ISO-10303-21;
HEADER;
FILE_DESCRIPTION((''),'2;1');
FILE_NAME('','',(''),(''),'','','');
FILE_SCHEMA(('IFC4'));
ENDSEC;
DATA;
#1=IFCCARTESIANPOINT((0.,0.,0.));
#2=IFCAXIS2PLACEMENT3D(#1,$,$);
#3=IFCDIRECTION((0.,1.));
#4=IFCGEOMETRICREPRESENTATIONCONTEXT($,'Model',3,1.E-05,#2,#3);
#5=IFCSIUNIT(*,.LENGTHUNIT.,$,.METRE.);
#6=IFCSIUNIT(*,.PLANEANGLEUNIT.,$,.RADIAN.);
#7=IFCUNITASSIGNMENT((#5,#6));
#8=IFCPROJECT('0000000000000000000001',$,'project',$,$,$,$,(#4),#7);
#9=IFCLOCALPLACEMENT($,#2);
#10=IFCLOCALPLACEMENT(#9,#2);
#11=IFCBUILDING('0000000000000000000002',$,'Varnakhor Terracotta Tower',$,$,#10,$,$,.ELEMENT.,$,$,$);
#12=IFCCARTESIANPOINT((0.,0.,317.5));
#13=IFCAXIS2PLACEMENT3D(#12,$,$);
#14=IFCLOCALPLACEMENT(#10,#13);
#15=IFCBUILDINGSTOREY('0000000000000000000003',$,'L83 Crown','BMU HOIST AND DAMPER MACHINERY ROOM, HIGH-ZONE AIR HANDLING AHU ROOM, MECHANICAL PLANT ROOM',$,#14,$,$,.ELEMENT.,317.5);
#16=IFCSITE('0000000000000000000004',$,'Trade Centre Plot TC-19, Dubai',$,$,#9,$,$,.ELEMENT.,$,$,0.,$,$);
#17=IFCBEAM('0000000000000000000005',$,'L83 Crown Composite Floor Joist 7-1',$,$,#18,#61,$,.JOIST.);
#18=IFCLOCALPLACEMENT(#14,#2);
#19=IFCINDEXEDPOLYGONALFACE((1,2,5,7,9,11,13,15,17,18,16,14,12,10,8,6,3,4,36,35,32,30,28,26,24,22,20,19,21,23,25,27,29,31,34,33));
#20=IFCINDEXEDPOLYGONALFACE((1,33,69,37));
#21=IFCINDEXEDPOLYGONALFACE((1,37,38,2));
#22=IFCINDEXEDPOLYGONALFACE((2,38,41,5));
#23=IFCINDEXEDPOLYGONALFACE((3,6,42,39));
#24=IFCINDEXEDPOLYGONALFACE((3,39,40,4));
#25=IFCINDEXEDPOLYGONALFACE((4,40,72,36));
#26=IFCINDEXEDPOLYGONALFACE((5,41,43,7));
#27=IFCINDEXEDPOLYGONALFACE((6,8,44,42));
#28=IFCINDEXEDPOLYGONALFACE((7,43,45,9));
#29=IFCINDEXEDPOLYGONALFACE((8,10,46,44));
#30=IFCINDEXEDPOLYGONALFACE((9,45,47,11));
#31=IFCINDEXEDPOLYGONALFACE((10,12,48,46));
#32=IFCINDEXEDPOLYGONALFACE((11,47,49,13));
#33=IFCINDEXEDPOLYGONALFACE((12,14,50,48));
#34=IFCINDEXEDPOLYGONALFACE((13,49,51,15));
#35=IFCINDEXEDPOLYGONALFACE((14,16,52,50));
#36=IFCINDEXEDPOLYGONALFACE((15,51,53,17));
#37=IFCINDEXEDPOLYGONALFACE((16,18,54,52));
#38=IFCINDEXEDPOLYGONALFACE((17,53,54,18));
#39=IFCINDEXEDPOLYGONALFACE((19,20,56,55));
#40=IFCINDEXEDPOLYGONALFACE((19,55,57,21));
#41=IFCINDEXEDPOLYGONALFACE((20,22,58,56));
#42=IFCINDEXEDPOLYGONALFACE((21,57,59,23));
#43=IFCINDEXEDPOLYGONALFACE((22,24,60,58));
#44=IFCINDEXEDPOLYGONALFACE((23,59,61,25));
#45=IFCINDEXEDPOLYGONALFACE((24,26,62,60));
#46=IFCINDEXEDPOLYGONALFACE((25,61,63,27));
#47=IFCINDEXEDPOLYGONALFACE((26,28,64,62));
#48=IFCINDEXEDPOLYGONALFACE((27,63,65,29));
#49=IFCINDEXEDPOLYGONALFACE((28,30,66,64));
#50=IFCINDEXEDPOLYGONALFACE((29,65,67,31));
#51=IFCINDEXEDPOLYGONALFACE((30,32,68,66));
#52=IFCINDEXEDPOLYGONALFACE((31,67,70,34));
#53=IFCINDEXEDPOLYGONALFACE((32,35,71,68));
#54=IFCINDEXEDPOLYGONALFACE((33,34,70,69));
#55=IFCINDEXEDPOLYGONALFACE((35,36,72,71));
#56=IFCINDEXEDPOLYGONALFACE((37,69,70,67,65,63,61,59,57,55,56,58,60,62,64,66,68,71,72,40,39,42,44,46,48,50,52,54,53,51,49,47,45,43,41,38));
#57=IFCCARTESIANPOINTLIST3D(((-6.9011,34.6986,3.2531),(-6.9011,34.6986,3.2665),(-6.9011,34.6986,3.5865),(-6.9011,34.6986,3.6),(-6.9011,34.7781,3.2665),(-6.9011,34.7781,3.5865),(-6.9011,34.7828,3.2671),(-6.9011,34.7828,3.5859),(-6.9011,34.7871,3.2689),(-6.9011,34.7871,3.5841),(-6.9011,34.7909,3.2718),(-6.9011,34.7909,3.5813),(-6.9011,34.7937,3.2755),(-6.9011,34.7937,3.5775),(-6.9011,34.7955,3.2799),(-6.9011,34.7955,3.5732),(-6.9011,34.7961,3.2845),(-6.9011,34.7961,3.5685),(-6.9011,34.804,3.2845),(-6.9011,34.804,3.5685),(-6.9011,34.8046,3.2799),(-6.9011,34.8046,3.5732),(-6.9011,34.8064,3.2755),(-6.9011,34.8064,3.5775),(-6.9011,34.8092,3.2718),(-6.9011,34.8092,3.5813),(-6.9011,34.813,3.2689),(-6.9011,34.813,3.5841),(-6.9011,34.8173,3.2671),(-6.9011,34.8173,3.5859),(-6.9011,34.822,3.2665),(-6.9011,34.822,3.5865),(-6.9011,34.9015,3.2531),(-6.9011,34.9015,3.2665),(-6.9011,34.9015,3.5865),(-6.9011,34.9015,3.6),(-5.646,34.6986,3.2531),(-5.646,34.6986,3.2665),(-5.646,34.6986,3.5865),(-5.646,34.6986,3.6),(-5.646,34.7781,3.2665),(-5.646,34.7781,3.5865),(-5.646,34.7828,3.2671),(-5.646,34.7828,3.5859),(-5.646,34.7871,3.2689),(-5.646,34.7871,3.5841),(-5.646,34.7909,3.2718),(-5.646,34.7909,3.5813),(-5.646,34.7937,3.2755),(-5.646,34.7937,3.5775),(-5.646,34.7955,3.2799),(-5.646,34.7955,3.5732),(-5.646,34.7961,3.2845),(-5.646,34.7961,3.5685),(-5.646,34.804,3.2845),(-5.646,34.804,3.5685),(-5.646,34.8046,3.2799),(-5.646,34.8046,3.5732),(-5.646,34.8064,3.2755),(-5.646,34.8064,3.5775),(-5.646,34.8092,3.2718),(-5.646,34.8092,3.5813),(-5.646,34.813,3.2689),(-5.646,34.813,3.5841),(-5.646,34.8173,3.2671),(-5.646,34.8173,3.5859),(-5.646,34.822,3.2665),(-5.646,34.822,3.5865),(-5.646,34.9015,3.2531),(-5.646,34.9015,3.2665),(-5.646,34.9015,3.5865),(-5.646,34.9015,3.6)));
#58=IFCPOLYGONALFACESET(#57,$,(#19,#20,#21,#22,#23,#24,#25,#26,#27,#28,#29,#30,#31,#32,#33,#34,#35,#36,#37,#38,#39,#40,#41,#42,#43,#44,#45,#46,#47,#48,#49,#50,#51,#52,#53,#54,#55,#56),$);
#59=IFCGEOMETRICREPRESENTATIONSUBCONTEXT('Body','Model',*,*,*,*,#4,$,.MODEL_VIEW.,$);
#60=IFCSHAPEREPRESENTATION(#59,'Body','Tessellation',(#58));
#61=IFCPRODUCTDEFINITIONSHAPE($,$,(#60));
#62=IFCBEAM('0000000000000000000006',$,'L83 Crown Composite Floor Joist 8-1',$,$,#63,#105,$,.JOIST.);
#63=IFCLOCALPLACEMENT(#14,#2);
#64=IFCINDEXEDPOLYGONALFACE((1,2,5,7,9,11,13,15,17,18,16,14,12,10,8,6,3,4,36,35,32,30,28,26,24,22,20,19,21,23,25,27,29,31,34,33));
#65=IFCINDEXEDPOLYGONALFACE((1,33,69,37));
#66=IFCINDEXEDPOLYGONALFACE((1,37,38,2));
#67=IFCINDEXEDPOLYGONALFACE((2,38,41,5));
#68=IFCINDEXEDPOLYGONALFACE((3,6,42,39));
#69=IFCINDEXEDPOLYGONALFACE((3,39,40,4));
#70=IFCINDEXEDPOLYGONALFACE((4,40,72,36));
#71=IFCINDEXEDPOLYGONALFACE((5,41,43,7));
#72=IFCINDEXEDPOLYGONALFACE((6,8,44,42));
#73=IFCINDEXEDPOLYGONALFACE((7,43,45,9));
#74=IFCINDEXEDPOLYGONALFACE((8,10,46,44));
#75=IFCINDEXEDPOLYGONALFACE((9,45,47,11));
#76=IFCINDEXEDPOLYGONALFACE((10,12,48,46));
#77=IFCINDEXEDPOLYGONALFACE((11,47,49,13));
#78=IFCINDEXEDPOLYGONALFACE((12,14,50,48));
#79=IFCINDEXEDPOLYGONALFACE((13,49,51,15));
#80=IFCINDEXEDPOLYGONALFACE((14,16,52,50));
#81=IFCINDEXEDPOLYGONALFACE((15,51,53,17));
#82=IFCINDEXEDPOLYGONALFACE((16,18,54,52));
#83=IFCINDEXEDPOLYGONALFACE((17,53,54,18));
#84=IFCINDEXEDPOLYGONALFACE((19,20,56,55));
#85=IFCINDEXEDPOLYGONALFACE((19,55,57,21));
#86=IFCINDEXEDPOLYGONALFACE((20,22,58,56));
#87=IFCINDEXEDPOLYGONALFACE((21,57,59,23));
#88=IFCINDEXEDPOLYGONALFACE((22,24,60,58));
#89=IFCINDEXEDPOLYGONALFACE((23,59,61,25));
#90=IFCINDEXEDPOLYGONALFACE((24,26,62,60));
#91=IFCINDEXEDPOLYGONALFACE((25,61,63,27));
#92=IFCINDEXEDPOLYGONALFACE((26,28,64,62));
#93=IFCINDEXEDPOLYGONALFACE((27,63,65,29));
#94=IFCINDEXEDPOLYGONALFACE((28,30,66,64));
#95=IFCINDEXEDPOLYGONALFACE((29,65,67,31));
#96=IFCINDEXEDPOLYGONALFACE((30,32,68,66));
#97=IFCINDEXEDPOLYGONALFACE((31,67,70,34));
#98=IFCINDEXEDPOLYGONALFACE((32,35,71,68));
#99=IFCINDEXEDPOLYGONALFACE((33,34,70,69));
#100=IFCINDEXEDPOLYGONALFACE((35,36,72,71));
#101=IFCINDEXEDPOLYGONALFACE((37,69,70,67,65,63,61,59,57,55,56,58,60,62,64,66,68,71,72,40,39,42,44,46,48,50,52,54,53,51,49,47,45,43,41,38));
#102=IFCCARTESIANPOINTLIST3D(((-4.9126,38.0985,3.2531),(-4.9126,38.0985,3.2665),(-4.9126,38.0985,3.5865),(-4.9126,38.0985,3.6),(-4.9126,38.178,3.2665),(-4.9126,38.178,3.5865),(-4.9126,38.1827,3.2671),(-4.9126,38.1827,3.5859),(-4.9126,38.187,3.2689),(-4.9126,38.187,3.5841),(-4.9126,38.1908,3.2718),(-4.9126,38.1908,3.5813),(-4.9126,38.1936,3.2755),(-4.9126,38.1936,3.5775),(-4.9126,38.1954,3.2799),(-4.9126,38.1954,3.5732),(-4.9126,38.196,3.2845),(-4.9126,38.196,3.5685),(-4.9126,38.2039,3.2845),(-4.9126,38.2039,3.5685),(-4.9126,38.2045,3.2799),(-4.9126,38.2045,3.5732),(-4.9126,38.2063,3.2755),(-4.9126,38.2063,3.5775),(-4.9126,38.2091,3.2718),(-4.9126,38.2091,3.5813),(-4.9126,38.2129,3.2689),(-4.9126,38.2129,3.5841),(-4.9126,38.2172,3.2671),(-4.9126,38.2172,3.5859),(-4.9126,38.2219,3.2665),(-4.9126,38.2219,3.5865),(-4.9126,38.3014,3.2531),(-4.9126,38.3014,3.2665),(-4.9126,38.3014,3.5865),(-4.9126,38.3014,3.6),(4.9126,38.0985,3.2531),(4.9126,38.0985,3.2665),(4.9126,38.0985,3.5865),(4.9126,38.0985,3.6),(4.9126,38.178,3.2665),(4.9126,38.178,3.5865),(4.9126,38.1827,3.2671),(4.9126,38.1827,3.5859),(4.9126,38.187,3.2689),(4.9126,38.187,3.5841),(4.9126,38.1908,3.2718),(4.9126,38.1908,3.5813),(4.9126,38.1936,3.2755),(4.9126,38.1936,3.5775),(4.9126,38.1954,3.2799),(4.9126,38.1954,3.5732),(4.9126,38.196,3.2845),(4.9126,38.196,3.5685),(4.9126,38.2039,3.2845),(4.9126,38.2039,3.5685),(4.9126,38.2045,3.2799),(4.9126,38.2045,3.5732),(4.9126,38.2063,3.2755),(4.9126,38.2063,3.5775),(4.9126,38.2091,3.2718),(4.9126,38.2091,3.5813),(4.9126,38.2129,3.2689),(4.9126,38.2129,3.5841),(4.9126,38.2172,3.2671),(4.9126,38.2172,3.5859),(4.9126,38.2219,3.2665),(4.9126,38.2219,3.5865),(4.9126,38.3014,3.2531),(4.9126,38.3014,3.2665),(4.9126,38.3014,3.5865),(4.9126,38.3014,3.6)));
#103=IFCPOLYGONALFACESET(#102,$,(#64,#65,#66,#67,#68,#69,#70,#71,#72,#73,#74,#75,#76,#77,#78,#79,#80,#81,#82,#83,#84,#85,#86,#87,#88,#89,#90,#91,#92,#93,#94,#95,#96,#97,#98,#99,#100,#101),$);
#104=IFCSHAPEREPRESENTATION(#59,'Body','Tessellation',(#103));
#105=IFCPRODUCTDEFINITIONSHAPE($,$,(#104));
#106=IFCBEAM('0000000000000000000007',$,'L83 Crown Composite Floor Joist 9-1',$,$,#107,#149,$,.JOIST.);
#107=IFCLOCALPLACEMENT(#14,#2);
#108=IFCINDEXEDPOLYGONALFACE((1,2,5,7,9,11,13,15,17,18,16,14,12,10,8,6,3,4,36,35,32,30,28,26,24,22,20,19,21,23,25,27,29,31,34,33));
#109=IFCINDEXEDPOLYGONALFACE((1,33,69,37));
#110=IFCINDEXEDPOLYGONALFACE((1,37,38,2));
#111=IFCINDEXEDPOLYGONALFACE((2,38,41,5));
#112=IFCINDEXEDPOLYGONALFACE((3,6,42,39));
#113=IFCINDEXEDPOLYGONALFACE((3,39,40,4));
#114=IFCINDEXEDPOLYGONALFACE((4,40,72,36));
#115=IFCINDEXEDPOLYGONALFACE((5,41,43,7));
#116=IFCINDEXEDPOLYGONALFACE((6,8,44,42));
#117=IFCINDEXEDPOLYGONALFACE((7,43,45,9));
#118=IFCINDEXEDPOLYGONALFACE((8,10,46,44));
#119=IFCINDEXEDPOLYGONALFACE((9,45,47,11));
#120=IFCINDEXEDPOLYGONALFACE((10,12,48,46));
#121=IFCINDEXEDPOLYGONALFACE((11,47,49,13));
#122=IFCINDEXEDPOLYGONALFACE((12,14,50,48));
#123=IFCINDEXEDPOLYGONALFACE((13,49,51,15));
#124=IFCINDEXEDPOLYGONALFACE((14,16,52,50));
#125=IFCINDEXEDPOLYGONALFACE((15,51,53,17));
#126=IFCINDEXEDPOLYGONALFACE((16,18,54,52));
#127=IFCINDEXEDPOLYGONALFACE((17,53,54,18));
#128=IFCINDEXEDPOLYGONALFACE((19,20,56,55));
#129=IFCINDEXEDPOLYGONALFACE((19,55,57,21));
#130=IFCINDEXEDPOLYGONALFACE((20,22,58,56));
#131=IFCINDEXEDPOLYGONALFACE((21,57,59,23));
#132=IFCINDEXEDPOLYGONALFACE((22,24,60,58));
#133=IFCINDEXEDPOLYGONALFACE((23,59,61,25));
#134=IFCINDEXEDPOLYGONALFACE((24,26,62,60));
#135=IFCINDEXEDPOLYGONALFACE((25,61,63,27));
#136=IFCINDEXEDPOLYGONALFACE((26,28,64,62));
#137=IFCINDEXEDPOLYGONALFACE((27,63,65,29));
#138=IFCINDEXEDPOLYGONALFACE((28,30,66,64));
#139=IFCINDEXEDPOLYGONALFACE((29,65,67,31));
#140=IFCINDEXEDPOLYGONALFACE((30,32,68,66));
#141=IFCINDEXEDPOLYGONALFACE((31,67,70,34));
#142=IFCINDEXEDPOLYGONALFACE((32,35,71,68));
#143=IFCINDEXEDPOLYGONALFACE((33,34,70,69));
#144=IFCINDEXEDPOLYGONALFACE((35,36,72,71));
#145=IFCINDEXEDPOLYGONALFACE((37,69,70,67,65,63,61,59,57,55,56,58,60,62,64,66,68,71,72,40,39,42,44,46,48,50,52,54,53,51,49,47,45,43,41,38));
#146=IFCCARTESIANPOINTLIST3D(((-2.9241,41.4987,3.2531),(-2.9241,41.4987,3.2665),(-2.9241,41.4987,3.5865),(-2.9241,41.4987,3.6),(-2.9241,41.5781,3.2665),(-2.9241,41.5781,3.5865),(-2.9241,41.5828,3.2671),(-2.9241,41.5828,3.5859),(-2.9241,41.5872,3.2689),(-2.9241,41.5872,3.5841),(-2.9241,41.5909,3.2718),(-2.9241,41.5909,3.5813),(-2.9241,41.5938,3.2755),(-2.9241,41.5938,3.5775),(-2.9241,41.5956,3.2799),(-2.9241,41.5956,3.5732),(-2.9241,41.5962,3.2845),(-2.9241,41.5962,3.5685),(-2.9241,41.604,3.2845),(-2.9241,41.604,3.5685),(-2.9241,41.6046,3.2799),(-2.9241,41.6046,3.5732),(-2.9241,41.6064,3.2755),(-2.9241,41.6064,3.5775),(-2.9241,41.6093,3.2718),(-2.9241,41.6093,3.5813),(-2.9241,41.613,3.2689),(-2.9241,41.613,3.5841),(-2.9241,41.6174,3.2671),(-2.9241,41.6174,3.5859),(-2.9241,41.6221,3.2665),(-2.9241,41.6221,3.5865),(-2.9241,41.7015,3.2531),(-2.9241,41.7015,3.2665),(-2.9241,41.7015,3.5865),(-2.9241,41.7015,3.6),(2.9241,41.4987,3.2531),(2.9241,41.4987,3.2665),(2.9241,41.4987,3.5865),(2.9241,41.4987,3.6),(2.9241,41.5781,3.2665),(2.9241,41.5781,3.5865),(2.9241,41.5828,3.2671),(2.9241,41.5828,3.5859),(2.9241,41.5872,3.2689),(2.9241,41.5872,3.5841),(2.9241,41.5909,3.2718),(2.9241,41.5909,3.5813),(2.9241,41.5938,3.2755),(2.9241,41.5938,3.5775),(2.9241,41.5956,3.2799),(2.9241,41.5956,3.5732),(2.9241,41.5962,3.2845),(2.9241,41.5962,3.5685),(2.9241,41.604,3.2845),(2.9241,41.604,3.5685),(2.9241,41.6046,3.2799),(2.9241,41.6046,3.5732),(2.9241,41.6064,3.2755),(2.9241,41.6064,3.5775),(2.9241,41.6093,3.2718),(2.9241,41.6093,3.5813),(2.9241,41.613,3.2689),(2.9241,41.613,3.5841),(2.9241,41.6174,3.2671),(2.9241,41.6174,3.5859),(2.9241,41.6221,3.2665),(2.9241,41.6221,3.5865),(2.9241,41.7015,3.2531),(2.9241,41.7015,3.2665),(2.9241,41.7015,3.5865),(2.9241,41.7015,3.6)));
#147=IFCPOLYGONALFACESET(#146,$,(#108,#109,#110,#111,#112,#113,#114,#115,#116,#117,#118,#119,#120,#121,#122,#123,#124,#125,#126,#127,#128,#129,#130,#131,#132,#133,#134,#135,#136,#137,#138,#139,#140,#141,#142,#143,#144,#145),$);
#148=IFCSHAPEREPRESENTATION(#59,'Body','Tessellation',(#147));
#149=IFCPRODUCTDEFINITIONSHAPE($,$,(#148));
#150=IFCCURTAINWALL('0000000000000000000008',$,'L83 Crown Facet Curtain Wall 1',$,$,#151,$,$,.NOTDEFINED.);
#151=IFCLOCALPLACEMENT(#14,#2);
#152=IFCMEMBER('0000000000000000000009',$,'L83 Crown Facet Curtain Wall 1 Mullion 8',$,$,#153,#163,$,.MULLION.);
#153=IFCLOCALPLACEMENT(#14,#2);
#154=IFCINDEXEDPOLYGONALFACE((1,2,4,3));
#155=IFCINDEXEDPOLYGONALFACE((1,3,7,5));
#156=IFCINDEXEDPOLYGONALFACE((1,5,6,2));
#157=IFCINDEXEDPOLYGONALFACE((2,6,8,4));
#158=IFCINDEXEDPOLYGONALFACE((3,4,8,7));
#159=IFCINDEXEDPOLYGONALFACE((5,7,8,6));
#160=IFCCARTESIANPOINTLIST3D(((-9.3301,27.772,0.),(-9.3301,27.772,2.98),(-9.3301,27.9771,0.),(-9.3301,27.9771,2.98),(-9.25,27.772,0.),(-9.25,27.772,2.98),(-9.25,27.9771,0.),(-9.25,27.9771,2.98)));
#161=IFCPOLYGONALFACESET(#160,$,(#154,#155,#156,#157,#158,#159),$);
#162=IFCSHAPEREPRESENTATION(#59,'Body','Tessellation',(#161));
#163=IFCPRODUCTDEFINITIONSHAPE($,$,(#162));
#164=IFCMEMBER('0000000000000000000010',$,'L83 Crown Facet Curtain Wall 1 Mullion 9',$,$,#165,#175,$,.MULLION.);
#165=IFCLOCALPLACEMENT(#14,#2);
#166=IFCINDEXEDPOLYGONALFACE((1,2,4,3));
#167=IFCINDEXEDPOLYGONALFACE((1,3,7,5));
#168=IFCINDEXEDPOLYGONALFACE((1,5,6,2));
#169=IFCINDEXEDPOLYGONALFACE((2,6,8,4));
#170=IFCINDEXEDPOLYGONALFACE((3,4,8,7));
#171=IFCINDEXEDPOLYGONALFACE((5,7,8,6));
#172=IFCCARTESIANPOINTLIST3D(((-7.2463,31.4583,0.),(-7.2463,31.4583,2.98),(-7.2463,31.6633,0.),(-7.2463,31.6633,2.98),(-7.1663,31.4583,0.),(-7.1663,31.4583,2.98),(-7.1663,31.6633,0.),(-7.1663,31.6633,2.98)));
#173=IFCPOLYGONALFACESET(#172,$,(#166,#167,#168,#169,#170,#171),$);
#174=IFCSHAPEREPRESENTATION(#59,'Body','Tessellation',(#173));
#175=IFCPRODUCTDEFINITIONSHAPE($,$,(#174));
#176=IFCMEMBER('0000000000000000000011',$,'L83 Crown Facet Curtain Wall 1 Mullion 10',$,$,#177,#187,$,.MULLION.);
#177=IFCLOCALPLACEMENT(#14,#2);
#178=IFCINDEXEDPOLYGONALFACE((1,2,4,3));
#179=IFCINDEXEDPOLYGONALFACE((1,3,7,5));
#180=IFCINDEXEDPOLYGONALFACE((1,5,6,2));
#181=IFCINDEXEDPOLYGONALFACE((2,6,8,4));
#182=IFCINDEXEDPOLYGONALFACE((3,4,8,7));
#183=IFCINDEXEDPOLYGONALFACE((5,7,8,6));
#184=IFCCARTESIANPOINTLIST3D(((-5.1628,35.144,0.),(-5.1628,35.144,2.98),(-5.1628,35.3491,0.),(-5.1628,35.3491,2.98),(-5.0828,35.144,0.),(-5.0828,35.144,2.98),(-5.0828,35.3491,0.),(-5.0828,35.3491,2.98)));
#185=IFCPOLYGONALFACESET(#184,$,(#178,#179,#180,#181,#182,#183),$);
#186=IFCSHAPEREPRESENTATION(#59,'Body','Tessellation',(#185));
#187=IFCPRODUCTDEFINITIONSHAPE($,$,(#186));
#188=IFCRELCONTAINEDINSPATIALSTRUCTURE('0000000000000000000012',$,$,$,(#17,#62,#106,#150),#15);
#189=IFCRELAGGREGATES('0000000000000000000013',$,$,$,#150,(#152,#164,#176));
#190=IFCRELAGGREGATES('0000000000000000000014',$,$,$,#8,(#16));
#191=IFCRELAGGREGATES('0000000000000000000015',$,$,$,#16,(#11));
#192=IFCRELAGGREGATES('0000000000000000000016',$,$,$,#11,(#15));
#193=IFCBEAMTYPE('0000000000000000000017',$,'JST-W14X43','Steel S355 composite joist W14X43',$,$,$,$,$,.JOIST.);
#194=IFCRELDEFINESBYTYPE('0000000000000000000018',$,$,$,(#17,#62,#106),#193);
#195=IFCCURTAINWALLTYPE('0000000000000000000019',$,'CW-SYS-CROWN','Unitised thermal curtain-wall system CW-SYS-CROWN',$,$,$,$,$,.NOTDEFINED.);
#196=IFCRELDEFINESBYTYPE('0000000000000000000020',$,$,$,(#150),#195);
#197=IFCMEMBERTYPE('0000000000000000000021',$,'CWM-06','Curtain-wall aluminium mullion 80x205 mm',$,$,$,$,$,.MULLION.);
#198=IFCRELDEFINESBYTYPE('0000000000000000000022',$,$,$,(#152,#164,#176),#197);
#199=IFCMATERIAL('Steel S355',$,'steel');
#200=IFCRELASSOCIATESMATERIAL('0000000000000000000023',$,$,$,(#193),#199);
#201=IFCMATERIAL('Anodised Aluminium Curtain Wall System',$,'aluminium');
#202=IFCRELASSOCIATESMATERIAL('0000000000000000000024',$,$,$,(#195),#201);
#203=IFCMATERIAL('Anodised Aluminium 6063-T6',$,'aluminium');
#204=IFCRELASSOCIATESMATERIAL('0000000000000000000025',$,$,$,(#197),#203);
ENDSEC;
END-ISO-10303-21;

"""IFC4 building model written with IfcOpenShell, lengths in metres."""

from ifc_helpers import new_model, si_unit, direction, frame, origin, origin_2d, place, context, subcontext, project, spatial, rectangle, i_section, extrude, source, transform, mapped, material, material_profile, profile_set, type_object, type_shapes, element, aggregate, save


model = new_model("IFC4")

# Units and contexts
model_context = context("Model", 3, precision=1e-05, world=origin(), true_north=direction((0.0, 1.0)))
body_context = subcontext(model_context, "Body", "Model", "MODEL_VIEW")
ifc_project = project(units=[si_unit("LENGTHUNIT", "METRE"), si_unit("PLANEANGLEUNIT", "RADIAN")], contexts=[model_context])

# Site, building, storey
site_placement = place(None, origin())
site = spatial("IfcSite", under=ifc_project, at=site_placement, Name="Trade Centre Plot TC-19, Dubai", CompositionType="ELEMENT", RefElevation=0.0)
building_placement = place(site_placement, origin())
building = spatial("IfcBuilding", under=site, at=building_placement, Name="Varnakhor Terracotta Tower", CompositionType="ELEMENT")
storey_placement = place(building_placement, frame((0.0, 0.0, 317.5)))
storey = spatial("IfcBuildingStorey", under=building, at=storey_placement, Name="L83 Crown", Description="BMU HOIST AND DAMPER MACHINERY ROOM, HIGH-ZONE AIR HANDLING AHU ROOM, MECHANICAL PLANT ROOM", CompositionType="ELEMENT", Elevation=317.5)

# Shared definitions
ifc_material_1 = material(Name="Steel S355", Category="steel")

# Beams
ifc_material_profile_1 = material_profile(ifc_material_1, i_section(OverallWidth=0.2029, OverallDepth=0.3469, WebThickness=0.0078, FlangeThickness=0.0134, FilletRadius=0.0181, at=origin_2d()), Name="W14X43")
ifc_profile_set_1 = profile_set([ifc_material_profile_1], Name="Steel S355")
beam_type_1 = type_object("IfcBeamType", Name="JST-W14X43", Description="Steel S355 composite joist W14X43", PredefinedType="JOIST", material=ifc_profile_set_1)
shared_shape_1 = source(origin(), body_context, "Body", "SweptSolid", [
    extrude(i_section(OverallWidth=0.2029, OverallDepth=0.3469, WebThickness=0.0078, FlangeThickness=0.0134, FilletRadius=0.0181, at=origin_2d()), origin(), (0.0, 0.0, 1.0), 1.2551),
])
beam_1_placement = place(storey_placement, frame((-6.9011, 34.8, 3.4265), z_axis=(1.0, 0.0, 0.0), x_axis=(0.0, 1.0, 0.0)))
element("IfcBeam", 1, at=beam_1_placement, inside=storey, type_object=beam_type_1, Name="L83 Crown Composite Floor Joist 7-1", PredefinedType="JOIST", context=body_context, shape_type="MappedRepresentation", body=[
    mapped(shared_shape_1, transform((0.0, 0.0, 0.0), scale=1.0)),
])
shared_shape_2 = source(origin(), body_context, "Body", "SweptSolid", [
    extrude(i_section(OverallWidth=0.2029, OverallDepth=0.3469, WebThickness=0.0078, FlangeThickness=0.0134, FilletRadius=0.0181, at=origin_2d()), origin(), (0.0, 0.0, 1.0), 9.8252),
])
beam_2_placement = place(storey_placement, frame((-4.9126, 38.2, 3.4265), z_axis=(1.0, 0.0, 0.0), x_axis=(0.0, 1.0, 0.0)))
element("IfcBeam", 2, at=beam_2_placement, inside=storey, type_object=beam_type_1, Name="L83 Crown Composite Floor Joist 8-1", PredefinedType="JOIST", context=body_context, shape_type="MappedRepresentation", body=[
    mapped(shared_shape_2, transform((0.0, 0.0, 0.0), scale=1.0)),
])
shared_shape_3 = source(origin(), body_context, "Body", "SweptSolid", [
    extrude(i_section(OverallWidth=0.2029, OverallDepth=0.3469, WebThickness=0.0078, FlangeThickness=0.0134, FilletRadius=0.0181, at=origin_2d()), origin(), (0.0, 0.0, 1.0), 5.8481),
])
beam_3_placement = place(storey_placement, frame((-2.9241, 41.6001, 3.4265), z_axis=(1.0, 0.0, 0.0), x_axis=(0.0, 1.0, 0.0)))
element("IfcBeam", 3, at=beam_3_placement, inside=storey, type_object=beam_type_1, Name="L83 Crown Composite Floor Joist 9-1", PredefinedType="JOIST", context=body_context, shape_type="MappedRepresentation", body=[
    mapped(shared_shape_3, transform((0.0, 0.0, 0.0), scale=1.0)),
])

# Curtain wall, members
ifc_material_2 = material(Name="Anodised Aluminium Curtain Wall System", Category="aluminium")
curtain_wall_type = type_object("IfcCurtainWallType", Name="CW-SYS-CROWN", Description="Unitised thermal curtain-wall system CW-SYS-CROWN", PredefinedType="NOTDEFINED", material=ifc_material_2)
curtain_wall_placement = place(storey_placement, origin())
curtain_wall = element("IfcCurtainWall", 4, at=curtain_wall_placement, inside=storey, type_object=curtain_wall_type, Name="L83 Crown Facet Curtain Wall 1", PredefinedType="NOTDEFINED")
ifc_material_3 = material(Name="Anodised Aluminium 6063-T6", Category="aluminium")
ifc_material_profile_2 = material_profile(ifc_material_3, rectangle(XDim=0.0801, YDim=0.2051, at=origin_2d()), Name="ALU MULLION 80x205")
ifc_profile_set_2 = profile_set([ifc_material_profile_2], Name="Anodised Aluminium 6063-T6")
member_type_1 = type_object("IfcMemberType", Name="CWM-06", Description="Curtain-wall aluminium mullion 80x205 mm", PredefinedType="MULLION", material=ifc_profile_set_2)
shared_shape_4 = source(origin(), body_context, "Body", "SweptSolid", [
    extrude(rectangle(XDim=0.0801, YDim=0.2051, at=origin_2d()), origin(), (0.0, 0.0, 1.0), 2.98),
])
type_shapes(member_type_1, [shared_shape_4])
member_1_placement = place(storey_placement, frame((-9.29, 27.8745, 0.0), z_axis=(0.0, 0.0, 1.0), x_axis=(1.0, 0.0, 0.0)))
member_1 = element("IfcMember", 5, at=member_1_placement, type_object=member_type_1, Name="L83 Crown Facet Curtain Wall 1 Mullion 8", PredefinedType="MULLION", context=body_context, shape_type="MappedRepresentation", body=[
    mapped(shared_shape_4, transform((0.0, 0.0, 0.0), scale=1.0)),
])
member_2_placement = place(storey_placement, frame((-7.2063, 31.5608, 0.0), z_axis=(0.0, 0.0, 1.0), x_axis=(1.0, 0.0, 0.0)))
member_2 = element("IfcMember", 6, at=member_2_placement, type_object=member_type_1, Name="L83 Crown Facet Curtain Wall 1 Mullion 9", PredefinedType="MULLION", context=body_context, shape_type="MappedRepresentation", body=[
    mapped(shared_shape_4, transform((0.0, 0.0, 0.0), scale=1.0)),
])
member_3_placement = place(storey_placement, frame((-5.1228, 35.2466, 0.0), z_axis=(0.0, 0.0, 1.0), x_axis=(1.0, 0.0, 0.0)))
member_3 = element("IfcMember", 7, at=member_3_placement, type_object=member_type_1, Name="L83 Crown Facet Curtain Wall 1 Mullion 10", PredefinedType="MULLION", context=body_context, shape_type="MappedRepresentation", body=[
    mapped(shared_shape_4, transform((0.0, 0.0, 0.0), scale=1.0)),
])
aggregate(curtain_wall, [member_1, member_2, member_3])

save(model, "model.ifc")
